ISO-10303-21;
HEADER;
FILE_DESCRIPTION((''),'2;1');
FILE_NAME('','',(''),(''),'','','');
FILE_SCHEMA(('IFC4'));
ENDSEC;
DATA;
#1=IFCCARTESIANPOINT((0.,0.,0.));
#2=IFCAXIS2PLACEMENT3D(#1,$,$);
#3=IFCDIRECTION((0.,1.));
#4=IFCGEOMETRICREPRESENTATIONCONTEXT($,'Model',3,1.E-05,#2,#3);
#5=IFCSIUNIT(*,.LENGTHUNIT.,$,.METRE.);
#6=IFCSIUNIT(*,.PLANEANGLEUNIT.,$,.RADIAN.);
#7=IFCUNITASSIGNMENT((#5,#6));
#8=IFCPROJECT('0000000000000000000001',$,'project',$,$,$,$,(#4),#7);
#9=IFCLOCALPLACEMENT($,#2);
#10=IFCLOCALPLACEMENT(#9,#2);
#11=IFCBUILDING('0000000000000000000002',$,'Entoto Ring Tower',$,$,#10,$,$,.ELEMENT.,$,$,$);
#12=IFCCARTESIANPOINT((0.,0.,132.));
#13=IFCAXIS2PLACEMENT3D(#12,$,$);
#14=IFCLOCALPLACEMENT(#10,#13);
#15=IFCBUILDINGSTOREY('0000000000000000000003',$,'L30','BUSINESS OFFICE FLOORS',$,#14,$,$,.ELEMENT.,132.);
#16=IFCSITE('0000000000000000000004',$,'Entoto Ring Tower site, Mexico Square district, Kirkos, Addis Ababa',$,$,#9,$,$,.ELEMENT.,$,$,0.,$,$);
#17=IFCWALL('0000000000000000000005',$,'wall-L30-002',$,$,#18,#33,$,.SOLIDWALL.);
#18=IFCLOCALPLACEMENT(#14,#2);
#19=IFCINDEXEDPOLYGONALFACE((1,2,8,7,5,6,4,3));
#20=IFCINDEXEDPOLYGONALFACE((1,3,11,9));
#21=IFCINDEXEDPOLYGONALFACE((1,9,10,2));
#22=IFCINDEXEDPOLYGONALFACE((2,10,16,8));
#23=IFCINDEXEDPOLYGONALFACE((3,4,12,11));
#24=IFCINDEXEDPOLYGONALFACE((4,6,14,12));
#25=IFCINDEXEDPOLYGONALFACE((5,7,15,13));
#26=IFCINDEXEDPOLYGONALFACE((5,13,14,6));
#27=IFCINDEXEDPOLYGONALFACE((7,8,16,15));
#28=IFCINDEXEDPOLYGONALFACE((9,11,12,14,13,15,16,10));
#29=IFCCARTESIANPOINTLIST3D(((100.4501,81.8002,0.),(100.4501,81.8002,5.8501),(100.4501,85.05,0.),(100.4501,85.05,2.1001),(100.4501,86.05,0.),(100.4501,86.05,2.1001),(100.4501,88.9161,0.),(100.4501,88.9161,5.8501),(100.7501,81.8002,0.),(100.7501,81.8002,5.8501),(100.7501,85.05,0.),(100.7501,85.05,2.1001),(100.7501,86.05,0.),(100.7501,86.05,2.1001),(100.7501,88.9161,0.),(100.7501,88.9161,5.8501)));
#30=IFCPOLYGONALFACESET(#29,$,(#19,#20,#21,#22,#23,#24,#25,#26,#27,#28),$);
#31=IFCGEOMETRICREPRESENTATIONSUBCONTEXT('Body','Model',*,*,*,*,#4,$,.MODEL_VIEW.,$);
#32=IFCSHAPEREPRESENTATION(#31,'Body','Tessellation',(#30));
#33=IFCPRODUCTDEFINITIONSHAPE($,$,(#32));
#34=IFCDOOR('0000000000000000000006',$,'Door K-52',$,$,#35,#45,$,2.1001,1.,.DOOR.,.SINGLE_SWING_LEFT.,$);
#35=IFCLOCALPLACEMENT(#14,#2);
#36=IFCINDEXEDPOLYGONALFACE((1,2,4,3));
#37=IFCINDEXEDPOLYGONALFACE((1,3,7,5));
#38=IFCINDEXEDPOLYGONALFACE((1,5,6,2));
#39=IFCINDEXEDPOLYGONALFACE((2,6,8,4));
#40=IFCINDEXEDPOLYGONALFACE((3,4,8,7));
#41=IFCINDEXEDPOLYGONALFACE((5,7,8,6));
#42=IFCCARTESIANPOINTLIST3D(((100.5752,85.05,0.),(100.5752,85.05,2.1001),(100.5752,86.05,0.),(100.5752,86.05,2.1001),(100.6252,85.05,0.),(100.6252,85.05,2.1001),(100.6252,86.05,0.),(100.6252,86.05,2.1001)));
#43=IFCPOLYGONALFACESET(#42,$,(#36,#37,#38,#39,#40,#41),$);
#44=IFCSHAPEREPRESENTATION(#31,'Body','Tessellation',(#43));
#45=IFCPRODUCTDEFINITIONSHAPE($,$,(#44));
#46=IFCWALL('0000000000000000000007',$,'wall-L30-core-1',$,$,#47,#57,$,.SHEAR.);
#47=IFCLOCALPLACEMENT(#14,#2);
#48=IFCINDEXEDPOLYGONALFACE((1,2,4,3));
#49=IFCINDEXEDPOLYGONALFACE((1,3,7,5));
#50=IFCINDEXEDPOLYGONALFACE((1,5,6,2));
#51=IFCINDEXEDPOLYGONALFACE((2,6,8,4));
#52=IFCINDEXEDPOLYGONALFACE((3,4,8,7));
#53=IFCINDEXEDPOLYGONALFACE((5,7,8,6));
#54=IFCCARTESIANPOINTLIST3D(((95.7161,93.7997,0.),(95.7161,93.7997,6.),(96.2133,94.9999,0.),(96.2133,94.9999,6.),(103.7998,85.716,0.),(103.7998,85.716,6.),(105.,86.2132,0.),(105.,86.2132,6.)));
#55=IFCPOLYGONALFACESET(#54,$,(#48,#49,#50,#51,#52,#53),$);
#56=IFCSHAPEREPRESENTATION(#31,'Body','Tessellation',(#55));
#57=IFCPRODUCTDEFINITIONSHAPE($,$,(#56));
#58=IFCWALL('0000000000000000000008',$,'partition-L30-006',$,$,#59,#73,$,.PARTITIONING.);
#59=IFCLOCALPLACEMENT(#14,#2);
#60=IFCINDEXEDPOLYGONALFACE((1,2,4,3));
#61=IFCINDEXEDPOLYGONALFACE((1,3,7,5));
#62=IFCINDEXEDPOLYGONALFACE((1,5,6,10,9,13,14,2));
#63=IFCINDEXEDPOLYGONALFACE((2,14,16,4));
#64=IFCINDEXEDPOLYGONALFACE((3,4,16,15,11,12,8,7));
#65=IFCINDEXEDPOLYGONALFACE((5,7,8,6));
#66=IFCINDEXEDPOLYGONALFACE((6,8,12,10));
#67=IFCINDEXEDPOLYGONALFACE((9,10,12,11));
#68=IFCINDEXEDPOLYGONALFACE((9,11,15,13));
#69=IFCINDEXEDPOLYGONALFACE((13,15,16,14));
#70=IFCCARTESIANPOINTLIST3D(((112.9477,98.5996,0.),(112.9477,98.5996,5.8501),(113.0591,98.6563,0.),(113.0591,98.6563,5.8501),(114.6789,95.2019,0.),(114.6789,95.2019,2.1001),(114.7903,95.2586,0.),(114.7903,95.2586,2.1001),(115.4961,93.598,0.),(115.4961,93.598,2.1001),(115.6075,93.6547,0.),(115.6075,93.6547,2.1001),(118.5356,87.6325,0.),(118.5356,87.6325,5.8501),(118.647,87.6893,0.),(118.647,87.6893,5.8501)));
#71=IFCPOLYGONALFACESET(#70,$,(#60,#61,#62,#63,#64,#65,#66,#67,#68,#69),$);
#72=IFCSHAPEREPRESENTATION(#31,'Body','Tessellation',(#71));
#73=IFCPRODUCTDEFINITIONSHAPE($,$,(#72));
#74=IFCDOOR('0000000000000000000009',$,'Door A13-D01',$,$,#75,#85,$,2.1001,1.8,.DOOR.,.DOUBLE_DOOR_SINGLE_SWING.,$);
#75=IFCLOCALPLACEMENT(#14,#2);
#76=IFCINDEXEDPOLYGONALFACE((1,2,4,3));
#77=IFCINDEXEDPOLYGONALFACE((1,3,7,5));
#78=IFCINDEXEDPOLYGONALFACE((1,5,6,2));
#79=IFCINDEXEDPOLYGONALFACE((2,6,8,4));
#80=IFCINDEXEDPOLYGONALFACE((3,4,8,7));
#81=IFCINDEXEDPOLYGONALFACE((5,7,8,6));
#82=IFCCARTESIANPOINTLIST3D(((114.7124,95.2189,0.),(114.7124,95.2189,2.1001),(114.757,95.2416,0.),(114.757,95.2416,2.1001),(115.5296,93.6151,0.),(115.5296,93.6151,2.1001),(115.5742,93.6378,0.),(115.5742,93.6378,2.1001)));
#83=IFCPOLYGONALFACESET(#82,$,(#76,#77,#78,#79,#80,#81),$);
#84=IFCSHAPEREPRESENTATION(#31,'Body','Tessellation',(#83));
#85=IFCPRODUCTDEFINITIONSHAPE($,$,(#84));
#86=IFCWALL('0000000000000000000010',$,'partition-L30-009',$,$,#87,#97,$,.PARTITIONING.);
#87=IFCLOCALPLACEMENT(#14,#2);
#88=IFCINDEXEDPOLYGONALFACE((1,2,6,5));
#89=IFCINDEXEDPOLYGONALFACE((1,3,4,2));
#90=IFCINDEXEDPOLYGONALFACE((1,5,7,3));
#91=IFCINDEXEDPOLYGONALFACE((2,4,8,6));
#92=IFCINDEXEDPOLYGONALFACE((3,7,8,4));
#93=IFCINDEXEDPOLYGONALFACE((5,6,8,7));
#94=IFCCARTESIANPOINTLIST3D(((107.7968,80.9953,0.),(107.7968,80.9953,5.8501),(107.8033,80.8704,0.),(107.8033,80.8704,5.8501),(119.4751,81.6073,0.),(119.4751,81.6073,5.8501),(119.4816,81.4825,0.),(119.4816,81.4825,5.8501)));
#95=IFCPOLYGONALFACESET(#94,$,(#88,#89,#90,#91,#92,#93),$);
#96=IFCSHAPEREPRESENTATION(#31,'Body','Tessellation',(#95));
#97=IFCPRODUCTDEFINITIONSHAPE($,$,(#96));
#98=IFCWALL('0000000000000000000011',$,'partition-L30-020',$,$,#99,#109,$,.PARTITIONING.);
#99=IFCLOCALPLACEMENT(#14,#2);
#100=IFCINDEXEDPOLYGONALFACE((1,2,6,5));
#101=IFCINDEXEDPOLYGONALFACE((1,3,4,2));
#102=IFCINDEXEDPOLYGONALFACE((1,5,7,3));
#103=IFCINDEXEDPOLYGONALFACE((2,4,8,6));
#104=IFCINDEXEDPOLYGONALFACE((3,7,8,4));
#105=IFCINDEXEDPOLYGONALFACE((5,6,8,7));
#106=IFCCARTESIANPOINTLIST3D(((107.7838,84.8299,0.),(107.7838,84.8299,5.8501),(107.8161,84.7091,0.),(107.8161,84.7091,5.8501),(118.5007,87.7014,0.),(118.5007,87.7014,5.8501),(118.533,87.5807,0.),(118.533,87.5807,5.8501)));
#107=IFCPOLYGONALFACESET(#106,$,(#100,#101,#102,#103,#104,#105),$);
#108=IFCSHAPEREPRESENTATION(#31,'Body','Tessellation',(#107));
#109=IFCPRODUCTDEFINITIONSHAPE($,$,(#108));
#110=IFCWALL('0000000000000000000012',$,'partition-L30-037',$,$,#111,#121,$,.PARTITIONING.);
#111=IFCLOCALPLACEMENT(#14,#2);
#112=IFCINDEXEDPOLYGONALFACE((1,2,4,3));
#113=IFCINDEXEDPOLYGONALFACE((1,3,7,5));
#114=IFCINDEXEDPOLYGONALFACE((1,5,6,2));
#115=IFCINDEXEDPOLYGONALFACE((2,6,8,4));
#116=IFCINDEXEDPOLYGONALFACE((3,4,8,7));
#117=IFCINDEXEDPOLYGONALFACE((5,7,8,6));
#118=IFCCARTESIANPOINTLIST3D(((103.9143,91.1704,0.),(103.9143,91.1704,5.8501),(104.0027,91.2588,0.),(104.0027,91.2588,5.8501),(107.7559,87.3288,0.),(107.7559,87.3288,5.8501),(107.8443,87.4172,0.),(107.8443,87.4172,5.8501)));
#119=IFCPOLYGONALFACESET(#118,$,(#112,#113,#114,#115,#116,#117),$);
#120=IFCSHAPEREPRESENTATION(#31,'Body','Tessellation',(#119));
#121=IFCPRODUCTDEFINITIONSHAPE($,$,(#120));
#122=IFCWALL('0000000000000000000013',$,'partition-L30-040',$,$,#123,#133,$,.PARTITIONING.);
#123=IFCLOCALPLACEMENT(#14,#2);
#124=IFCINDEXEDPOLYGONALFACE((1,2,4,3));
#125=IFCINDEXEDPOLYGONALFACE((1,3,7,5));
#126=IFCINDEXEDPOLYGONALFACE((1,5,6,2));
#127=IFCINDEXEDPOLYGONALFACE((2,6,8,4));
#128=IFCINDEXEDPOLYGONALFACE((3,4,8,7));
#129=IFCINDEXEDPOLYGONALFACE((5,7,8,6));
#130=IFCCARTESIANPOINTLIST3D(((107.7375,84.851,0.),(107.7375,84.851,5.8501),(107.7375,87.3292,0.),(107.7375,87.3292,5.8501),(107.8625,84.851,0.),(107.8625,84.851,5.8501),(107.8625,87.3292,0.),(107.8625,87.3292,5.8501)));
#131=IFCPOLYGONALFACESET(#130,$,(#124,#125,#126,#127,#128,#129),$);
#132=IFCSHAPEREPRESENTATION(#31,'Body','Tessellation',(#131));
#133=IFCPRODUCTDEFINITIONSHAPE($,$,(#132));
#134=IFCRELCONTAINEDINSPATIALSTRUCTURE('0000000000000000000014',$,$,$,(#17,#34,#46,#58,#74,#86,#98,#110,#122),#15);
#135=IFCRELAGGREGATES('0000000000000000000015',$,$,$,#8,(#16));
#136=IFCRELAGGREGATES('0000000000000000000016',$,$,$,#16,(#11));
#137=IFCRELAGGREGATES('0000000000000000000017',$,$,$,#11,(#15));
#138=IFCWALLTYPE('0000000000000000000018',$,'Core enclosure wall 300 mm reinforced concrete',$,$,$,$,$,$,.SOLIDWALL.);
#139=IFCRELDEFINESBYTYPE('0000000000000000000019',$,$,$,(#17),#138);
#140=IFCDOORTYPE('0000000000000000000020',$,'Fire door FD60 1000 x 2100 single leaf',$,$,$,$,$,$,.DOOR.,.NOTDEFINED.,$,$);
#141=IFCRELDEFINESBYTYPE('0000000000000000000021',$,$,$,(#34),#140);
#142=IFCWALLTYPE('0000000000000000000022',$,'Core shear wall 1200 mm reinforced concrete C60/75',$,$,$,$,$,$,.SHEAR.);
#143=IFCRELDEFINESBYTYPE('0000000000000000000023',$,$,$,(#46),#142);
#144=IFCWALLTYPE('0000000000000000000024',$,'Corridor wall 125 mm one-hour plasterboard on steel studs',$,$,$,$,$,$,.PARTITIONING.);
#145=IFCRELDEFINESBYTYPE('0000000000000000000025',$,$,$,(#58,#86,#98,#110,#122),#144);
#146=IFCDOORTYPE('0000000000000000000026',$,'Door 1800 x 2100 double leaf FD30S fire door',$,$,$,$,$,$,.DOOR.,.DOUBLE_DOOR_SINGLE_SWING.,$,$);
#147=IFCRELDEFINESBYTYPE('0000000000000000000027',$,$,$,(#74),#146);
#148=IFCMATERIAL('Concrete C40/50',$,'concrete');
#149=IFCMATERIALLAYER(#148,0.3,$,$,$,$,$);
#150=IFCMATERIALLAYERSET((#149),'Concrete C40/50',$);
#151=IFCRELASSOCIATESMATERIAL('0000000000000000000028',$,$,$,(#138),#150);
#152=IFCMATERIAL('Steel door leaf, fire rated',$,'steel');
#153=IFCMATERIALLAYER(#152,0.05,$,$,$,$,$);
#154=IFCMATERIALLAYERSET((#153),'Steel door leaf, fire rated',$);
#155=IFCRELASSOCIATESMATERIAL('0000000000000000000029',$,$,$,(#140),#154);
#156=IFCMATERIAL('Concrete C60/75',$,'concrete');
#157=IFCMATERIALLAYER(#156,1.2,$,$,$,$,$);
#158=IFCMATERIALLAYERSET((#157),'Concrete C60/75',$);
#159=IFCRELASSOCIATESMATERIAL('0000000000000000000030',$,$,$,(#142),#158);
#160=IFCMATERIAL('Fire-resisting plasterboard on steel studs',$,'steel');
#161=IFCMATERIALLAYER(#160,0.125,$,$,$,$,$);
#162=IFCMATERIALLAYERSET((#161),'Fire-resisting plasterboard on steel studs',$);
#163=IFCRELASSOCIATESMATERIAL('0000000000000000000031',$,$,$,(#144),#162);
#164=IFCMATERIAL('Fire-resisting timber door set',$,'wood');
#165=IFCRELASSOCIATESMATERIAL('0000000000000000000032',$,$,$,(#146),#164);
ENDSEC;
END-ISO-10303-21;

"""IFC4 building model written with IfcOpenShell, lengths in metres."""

from ifc_helpers import new_model, si_unit, direction, frame, frame_2d, origin, place, context, subcontext, project, spatial, polyline, rectangle, outline, extrude, material, layer, layer_set, type_object, element, fill, save


model = new_model("IFC4")

# Units and contexts
model_context = context("Model", 3, precision=1e-05, world=origin(), true_north=direction((0.0, 1.0)))
body_context = subcontext(model_context, "Body", "Model", "MODEL_VIEW")
ifc_project = project(units=[si_unit("LENGTHUNIT", "METRE"), si_unit("PLANEANGLEUNIT", "RADIAN")], contexts=[model_context])

# Site, building, storey
site_placement = place(None, origin())
site = spatial("IfcSite", under=ifc_project, at=site_placement, Name="Entoto Ring Tower site, Mexico Square district, Kirkos, Addis Ababa", CompositionType="ELEMENT", RefElevation=0.0)
building_placement = place(site_placement, origin())
building = spatial("IfcBuilding", under=site, at=building_placement, Name="Entoto Ring Tower", CompositionType="ELEMENT")
storey_placement = place(building_placement, frame((0.0, 0.0, 132.0)))
storey = spatial("IfcBuildingStorey", under=building, at=storey_placement, Name="L30", Description="BUSINESS OFFICE FLOORS", CompositionType="ELEMENT", Elevation=132.0)

# Wall, opening, door
ifc_material_1 = material(Name="Concrete C40/50", Category="concrete")
ifc_layer_1 = layer(ifc_material_1, 0.3)
ifc_layer_set_1 = layer_set([ifc_layer_1], Name="Concrete C40/50")
wall_type_1 = type_object("IfcWallType", Name="Core enclosure wall 300 mm reinforced concrete", PredefinedType="SOLIDWALL", material=ifc_layer_set_1)
wall_1_placement = place(storey_placement, frame((100.6001, 81.8, 0.0), z_axis=(0.0, 0.0, 1.0), x_axis=(0.0, 1.0, 0.0)))
wall_1 = element("IfcWall", 1, at=wall_1_placement, inside=storey, type_object=wall_type_1, Name="wall-L30-002", PredefinedType="SOLIDWALL", context=body_context, shape_type="SweptSolid", body=[
    extrude(rectangle(XDim=7.116, YDim=0.3, at=frame_2d((3.5581, 0.0))), origin(), (0.0, 0.0, 1.0), 5.8501),
])
opening_1_placement = place(wall_1_placement, frame((3.25, 0.0, 0.0)))
opening_1 = element("IfcOpeningElement", 2, at=opening_1_placement, cuts=wall_1, PredefinedType="OPENING", context=body_context, shape_type="SweptSolid", body=[
    extrude(rectangle(XDim=1.0, YDim=2.1001, at=frame_2d((0.5, 1.05))), frame((0.0, 0.1602, 0.0), z_axis=(0.0, -1.0, 0.0), x_axis=(1.0, 0.0, 0.0)), (0.0, 0.0, 1.0), 0.3201),
])
ifc_material_2 = material(Name="Steel door leaf, fire rated", Category="steel")
ifc_layer_2 = layer(ifc_material_2, 0.05)
ifc_layer_set_2 = layer_set([ifc_layer_2], Name="Steel door leaf, fire rated")
door_type_1 = type_object("IfcDoorType", Name="Fire door FD60 1000 x 2100 single leaf", OperationType="NOTDEFINED", PredefinedType="DOOR", material=ifc_layer_set_2)
door_1_placement = place(opening_1_placement, origin())
door_1 = element("IfcDoor", 3, at=door_1_placement, inside=storey, type_object=door_type_1, Name="Door K-52", OperationType="SINGLE_SWING_LEFT", OverallHeight=2.1001, OverallWidth=1.0, PredefinedType="DOOR", context=body_context, shape_type="SweptSolid", body=[
    extrude(rectangle(XDim=1.0, YDim=2.1001, at=frame_2d((0.5, 1.05))), frame((0.0, 0.0249, 0.0), z_axis=(0.0, -1.0, 0.0), x_axis=(1.0, 0.0, 0.0)), (0.0, 0.0, 1.0), 0.05),
])
fill(opening_1, door_1)

# Wall
ifc_material_3 = material(Name="Concrete C60/75", Category="concrete")
ifc_layer_3 = layer(ifc_material_3, 1.2)
ifc_layer_set_3 = layer_set([ifc_layer_3], Name="Concrete C60/75")
wall_type_2 = type_object("IfcWallType", Name="Core shear wall 1200 mm reinforced concrete C60/75", PredefinedType="SHEAR", material=ifc_layer_set_3)
wall_2_placement = place(storey_placement, frame((104.3999, 85.9646, 0.0), z_axis=(0.0, 0.0, 1.0), x_axis=(-0.707107, 0.707107, 0.0)))
element("IfcWall", 4, at=wall_2_placement, inside=storey, type_object=wall_type_2, Name="wall-L30-core-1", PredefinedType="SHEAR", context=body_context, shape_type="SweptSolid", body=[
    extrude(outline(polyline([(-0.2485, -0.6001), (12.1777, -0.6001), (11.6807, 0.6001), (0.2485, 0.6001), (-0.2485, -0.6001)])), origin(), (0.0, 0.0, 1.0), 6.0),
])

# Wall, opening, door
ifc_material_4 = material(Name="Fire-resisting plasterboard on steel studs", Category="steel")
ifc_layer_4 = layer(ifc_material_4, 0.125)
ifc_layer_set_4 = layer_set([ifc_layer_4], Name="Fire-resisting plasterboard on steel studs")
wall_type_3 = type_object("IfcWallType", Name="Corridor wall 125 mm one-hour plasterboard on steel studs", PredefinedType="PARTITIONING", material=ifc_layer_set_4)
wall_3_placement = place(storey_placement, frame((118.5913, 87.6609, 0.0), z_axis=(0.0, 0.0, 1.0), x_axis=(-0.453984, 0.89101, 0.0)))
wall_3 = element("IfcWall", 5, at=wall_3_placement, inside=storey, type_object=wall_type_3, Name="partition-L30-006", PredefinedType="PARTITIONING", context=body_context, shape_type="SweptSolid", body=[
    extrude(rectangle(XDim=12.3086, YDim=0.125, at=frame_2d((6.1543, 0.0))), origin(), (0.0, 0.0, 1.0), 5.8501),
])
opening_2_placement = place(wall_3_placement, frame((6.6953, 0.0, 0.0)))
opening_2 = element("IfcOpeningElement", 6, at=opening_2_placement, cuts=wall_3, PredefinedType="OPENING", context=body_context, shape_type="SweptSolid", body=[
    extrude(rectangle(XDim=1.8, YDim=2.1001, at=frame_2d((0.8999, 1.05))), frame((0.0, 0.0725, 0.0), z_axis=(0.0, -1.0, 0.0), x_axis=(1.0, 0.0, 0.0)), (0.0, 0.0, 1.0), 0.145),
])
ifc_material_5 = material(Name="Fire-resisting timber door set", Category="wood")
door_type_2 = type_object("IfcDoorType", Name="Door 1800 x 2100 double leaf FD30S fire door", OperationType="DOUBLE_DOOR_SINGLE_SWING", PredefinedType="DOOR", material=ifc_material_5)
door_2_placement = place(opening_2_placement, origin())
door_2 = element("IfcDoor", 7, at=door_2_placement, inside=storey, type_object=door_type_2, Name="Door A13-D01", OperationType="DOUBLE_DOOR_SINGLE_SWING", OverallHeight=2.1001, OverallWidth=1.8, PredefinedType="DOOR", context=body_context, shape_type="SweptSolid", body=[
    extrude(rectangle(XDim=1.8, YDim=2.1001, at=frame_2d((0.8999, 1.05))), frame((0.0, 0.0249, 0.0), z_axis=(0.0, -1.0, 0.0), x_axis=(1.0, 0.0, 0.0)), (0.0, 0.0, 1.0), 0.05),
])
fill(opening_2, door_2)

# Walls
wall_4_placement = place(storey_placement, frame((107.8, 80.9329, 0.0), z_axis=(0.0, 0.0, 1.0), x_axis=(0.998629, 0.052339, 0.0)))
element("IfcWall", 8, at=wall_4_placement, inside=storey, type_object=wall_type_3, Name="partition-L30-009", PredefinedType="PARTITIONING", context=body_context, shape_type="SweptSolid", body=[
    extrude(rectangle(XDim=11.6943, YDim=0.125, at=frame_2d((5.8472, 0.0))), origin(), (0.0, 0.0, 1.0), 5.8501),
])
wall_5_placement = place(storey_placement, frame((107.8, 84.7695, 0.0), z_axis=(0.0, 0.0, 1.0), x_axis=(0.965927, 0.258816, 0.0)))
element("IfcWall", 9, at=wall_5_placement, inside=storey, type_object=wall_type_3, Name="partition-L30-020", PredefinedType="PARTITIONING", context=body_context, shape_type="SweptSolid", body=[
    extrude(rectangle(XDim=11.095, YDim=0.125, at=frame_2d((5.5474, 0.0))), origin(), (0.0, 0.0, 1.0), 5.8501),
])
wall_6_placement = place(storey_placement, frame((107.8, 87.373, 0.0), z_axis=(0.0, 0.0, 1.0), x_axis=(-0.707107, 0.707107, 0.0)))
element("IfcWall", 10, at=wall_6_placement, inside=storey, type_object=wall_type_3, Name="partition-L30-037", PredefinedType="PARTITIONING", context=body_context, shape_type="SweptSolid", body=[
    extrude(rectangle(XDim=5.4329, YDim=0.125, at=frame_2d((2.7163, 0.0))), origin(), (0.0, 0.0, 1.0), 5.8501),
])
wall_7_placement = place(storey_placement, frame((107.8, 84.8508, 0.0), z_axis=(0.0, 0.0, 1.0), x_axis=(0.0, 1.0, 0.0)))
element("IfcWall", 11, at=wall_7_placement, inside=storey, type_object=wall_type_3, Name="partition-L30-040", PredefinedType="PARTITIONING", context=body_context, shape_type="SweptSolid", body=[
    extrude(rectangle(XDim=2.4783, YDim=0.125, at=frame_2d((1.2393, 0.0))), origin(), (0.0, 0.0, 1.0), 5.8501),
])

save(model, "model.ifc")
